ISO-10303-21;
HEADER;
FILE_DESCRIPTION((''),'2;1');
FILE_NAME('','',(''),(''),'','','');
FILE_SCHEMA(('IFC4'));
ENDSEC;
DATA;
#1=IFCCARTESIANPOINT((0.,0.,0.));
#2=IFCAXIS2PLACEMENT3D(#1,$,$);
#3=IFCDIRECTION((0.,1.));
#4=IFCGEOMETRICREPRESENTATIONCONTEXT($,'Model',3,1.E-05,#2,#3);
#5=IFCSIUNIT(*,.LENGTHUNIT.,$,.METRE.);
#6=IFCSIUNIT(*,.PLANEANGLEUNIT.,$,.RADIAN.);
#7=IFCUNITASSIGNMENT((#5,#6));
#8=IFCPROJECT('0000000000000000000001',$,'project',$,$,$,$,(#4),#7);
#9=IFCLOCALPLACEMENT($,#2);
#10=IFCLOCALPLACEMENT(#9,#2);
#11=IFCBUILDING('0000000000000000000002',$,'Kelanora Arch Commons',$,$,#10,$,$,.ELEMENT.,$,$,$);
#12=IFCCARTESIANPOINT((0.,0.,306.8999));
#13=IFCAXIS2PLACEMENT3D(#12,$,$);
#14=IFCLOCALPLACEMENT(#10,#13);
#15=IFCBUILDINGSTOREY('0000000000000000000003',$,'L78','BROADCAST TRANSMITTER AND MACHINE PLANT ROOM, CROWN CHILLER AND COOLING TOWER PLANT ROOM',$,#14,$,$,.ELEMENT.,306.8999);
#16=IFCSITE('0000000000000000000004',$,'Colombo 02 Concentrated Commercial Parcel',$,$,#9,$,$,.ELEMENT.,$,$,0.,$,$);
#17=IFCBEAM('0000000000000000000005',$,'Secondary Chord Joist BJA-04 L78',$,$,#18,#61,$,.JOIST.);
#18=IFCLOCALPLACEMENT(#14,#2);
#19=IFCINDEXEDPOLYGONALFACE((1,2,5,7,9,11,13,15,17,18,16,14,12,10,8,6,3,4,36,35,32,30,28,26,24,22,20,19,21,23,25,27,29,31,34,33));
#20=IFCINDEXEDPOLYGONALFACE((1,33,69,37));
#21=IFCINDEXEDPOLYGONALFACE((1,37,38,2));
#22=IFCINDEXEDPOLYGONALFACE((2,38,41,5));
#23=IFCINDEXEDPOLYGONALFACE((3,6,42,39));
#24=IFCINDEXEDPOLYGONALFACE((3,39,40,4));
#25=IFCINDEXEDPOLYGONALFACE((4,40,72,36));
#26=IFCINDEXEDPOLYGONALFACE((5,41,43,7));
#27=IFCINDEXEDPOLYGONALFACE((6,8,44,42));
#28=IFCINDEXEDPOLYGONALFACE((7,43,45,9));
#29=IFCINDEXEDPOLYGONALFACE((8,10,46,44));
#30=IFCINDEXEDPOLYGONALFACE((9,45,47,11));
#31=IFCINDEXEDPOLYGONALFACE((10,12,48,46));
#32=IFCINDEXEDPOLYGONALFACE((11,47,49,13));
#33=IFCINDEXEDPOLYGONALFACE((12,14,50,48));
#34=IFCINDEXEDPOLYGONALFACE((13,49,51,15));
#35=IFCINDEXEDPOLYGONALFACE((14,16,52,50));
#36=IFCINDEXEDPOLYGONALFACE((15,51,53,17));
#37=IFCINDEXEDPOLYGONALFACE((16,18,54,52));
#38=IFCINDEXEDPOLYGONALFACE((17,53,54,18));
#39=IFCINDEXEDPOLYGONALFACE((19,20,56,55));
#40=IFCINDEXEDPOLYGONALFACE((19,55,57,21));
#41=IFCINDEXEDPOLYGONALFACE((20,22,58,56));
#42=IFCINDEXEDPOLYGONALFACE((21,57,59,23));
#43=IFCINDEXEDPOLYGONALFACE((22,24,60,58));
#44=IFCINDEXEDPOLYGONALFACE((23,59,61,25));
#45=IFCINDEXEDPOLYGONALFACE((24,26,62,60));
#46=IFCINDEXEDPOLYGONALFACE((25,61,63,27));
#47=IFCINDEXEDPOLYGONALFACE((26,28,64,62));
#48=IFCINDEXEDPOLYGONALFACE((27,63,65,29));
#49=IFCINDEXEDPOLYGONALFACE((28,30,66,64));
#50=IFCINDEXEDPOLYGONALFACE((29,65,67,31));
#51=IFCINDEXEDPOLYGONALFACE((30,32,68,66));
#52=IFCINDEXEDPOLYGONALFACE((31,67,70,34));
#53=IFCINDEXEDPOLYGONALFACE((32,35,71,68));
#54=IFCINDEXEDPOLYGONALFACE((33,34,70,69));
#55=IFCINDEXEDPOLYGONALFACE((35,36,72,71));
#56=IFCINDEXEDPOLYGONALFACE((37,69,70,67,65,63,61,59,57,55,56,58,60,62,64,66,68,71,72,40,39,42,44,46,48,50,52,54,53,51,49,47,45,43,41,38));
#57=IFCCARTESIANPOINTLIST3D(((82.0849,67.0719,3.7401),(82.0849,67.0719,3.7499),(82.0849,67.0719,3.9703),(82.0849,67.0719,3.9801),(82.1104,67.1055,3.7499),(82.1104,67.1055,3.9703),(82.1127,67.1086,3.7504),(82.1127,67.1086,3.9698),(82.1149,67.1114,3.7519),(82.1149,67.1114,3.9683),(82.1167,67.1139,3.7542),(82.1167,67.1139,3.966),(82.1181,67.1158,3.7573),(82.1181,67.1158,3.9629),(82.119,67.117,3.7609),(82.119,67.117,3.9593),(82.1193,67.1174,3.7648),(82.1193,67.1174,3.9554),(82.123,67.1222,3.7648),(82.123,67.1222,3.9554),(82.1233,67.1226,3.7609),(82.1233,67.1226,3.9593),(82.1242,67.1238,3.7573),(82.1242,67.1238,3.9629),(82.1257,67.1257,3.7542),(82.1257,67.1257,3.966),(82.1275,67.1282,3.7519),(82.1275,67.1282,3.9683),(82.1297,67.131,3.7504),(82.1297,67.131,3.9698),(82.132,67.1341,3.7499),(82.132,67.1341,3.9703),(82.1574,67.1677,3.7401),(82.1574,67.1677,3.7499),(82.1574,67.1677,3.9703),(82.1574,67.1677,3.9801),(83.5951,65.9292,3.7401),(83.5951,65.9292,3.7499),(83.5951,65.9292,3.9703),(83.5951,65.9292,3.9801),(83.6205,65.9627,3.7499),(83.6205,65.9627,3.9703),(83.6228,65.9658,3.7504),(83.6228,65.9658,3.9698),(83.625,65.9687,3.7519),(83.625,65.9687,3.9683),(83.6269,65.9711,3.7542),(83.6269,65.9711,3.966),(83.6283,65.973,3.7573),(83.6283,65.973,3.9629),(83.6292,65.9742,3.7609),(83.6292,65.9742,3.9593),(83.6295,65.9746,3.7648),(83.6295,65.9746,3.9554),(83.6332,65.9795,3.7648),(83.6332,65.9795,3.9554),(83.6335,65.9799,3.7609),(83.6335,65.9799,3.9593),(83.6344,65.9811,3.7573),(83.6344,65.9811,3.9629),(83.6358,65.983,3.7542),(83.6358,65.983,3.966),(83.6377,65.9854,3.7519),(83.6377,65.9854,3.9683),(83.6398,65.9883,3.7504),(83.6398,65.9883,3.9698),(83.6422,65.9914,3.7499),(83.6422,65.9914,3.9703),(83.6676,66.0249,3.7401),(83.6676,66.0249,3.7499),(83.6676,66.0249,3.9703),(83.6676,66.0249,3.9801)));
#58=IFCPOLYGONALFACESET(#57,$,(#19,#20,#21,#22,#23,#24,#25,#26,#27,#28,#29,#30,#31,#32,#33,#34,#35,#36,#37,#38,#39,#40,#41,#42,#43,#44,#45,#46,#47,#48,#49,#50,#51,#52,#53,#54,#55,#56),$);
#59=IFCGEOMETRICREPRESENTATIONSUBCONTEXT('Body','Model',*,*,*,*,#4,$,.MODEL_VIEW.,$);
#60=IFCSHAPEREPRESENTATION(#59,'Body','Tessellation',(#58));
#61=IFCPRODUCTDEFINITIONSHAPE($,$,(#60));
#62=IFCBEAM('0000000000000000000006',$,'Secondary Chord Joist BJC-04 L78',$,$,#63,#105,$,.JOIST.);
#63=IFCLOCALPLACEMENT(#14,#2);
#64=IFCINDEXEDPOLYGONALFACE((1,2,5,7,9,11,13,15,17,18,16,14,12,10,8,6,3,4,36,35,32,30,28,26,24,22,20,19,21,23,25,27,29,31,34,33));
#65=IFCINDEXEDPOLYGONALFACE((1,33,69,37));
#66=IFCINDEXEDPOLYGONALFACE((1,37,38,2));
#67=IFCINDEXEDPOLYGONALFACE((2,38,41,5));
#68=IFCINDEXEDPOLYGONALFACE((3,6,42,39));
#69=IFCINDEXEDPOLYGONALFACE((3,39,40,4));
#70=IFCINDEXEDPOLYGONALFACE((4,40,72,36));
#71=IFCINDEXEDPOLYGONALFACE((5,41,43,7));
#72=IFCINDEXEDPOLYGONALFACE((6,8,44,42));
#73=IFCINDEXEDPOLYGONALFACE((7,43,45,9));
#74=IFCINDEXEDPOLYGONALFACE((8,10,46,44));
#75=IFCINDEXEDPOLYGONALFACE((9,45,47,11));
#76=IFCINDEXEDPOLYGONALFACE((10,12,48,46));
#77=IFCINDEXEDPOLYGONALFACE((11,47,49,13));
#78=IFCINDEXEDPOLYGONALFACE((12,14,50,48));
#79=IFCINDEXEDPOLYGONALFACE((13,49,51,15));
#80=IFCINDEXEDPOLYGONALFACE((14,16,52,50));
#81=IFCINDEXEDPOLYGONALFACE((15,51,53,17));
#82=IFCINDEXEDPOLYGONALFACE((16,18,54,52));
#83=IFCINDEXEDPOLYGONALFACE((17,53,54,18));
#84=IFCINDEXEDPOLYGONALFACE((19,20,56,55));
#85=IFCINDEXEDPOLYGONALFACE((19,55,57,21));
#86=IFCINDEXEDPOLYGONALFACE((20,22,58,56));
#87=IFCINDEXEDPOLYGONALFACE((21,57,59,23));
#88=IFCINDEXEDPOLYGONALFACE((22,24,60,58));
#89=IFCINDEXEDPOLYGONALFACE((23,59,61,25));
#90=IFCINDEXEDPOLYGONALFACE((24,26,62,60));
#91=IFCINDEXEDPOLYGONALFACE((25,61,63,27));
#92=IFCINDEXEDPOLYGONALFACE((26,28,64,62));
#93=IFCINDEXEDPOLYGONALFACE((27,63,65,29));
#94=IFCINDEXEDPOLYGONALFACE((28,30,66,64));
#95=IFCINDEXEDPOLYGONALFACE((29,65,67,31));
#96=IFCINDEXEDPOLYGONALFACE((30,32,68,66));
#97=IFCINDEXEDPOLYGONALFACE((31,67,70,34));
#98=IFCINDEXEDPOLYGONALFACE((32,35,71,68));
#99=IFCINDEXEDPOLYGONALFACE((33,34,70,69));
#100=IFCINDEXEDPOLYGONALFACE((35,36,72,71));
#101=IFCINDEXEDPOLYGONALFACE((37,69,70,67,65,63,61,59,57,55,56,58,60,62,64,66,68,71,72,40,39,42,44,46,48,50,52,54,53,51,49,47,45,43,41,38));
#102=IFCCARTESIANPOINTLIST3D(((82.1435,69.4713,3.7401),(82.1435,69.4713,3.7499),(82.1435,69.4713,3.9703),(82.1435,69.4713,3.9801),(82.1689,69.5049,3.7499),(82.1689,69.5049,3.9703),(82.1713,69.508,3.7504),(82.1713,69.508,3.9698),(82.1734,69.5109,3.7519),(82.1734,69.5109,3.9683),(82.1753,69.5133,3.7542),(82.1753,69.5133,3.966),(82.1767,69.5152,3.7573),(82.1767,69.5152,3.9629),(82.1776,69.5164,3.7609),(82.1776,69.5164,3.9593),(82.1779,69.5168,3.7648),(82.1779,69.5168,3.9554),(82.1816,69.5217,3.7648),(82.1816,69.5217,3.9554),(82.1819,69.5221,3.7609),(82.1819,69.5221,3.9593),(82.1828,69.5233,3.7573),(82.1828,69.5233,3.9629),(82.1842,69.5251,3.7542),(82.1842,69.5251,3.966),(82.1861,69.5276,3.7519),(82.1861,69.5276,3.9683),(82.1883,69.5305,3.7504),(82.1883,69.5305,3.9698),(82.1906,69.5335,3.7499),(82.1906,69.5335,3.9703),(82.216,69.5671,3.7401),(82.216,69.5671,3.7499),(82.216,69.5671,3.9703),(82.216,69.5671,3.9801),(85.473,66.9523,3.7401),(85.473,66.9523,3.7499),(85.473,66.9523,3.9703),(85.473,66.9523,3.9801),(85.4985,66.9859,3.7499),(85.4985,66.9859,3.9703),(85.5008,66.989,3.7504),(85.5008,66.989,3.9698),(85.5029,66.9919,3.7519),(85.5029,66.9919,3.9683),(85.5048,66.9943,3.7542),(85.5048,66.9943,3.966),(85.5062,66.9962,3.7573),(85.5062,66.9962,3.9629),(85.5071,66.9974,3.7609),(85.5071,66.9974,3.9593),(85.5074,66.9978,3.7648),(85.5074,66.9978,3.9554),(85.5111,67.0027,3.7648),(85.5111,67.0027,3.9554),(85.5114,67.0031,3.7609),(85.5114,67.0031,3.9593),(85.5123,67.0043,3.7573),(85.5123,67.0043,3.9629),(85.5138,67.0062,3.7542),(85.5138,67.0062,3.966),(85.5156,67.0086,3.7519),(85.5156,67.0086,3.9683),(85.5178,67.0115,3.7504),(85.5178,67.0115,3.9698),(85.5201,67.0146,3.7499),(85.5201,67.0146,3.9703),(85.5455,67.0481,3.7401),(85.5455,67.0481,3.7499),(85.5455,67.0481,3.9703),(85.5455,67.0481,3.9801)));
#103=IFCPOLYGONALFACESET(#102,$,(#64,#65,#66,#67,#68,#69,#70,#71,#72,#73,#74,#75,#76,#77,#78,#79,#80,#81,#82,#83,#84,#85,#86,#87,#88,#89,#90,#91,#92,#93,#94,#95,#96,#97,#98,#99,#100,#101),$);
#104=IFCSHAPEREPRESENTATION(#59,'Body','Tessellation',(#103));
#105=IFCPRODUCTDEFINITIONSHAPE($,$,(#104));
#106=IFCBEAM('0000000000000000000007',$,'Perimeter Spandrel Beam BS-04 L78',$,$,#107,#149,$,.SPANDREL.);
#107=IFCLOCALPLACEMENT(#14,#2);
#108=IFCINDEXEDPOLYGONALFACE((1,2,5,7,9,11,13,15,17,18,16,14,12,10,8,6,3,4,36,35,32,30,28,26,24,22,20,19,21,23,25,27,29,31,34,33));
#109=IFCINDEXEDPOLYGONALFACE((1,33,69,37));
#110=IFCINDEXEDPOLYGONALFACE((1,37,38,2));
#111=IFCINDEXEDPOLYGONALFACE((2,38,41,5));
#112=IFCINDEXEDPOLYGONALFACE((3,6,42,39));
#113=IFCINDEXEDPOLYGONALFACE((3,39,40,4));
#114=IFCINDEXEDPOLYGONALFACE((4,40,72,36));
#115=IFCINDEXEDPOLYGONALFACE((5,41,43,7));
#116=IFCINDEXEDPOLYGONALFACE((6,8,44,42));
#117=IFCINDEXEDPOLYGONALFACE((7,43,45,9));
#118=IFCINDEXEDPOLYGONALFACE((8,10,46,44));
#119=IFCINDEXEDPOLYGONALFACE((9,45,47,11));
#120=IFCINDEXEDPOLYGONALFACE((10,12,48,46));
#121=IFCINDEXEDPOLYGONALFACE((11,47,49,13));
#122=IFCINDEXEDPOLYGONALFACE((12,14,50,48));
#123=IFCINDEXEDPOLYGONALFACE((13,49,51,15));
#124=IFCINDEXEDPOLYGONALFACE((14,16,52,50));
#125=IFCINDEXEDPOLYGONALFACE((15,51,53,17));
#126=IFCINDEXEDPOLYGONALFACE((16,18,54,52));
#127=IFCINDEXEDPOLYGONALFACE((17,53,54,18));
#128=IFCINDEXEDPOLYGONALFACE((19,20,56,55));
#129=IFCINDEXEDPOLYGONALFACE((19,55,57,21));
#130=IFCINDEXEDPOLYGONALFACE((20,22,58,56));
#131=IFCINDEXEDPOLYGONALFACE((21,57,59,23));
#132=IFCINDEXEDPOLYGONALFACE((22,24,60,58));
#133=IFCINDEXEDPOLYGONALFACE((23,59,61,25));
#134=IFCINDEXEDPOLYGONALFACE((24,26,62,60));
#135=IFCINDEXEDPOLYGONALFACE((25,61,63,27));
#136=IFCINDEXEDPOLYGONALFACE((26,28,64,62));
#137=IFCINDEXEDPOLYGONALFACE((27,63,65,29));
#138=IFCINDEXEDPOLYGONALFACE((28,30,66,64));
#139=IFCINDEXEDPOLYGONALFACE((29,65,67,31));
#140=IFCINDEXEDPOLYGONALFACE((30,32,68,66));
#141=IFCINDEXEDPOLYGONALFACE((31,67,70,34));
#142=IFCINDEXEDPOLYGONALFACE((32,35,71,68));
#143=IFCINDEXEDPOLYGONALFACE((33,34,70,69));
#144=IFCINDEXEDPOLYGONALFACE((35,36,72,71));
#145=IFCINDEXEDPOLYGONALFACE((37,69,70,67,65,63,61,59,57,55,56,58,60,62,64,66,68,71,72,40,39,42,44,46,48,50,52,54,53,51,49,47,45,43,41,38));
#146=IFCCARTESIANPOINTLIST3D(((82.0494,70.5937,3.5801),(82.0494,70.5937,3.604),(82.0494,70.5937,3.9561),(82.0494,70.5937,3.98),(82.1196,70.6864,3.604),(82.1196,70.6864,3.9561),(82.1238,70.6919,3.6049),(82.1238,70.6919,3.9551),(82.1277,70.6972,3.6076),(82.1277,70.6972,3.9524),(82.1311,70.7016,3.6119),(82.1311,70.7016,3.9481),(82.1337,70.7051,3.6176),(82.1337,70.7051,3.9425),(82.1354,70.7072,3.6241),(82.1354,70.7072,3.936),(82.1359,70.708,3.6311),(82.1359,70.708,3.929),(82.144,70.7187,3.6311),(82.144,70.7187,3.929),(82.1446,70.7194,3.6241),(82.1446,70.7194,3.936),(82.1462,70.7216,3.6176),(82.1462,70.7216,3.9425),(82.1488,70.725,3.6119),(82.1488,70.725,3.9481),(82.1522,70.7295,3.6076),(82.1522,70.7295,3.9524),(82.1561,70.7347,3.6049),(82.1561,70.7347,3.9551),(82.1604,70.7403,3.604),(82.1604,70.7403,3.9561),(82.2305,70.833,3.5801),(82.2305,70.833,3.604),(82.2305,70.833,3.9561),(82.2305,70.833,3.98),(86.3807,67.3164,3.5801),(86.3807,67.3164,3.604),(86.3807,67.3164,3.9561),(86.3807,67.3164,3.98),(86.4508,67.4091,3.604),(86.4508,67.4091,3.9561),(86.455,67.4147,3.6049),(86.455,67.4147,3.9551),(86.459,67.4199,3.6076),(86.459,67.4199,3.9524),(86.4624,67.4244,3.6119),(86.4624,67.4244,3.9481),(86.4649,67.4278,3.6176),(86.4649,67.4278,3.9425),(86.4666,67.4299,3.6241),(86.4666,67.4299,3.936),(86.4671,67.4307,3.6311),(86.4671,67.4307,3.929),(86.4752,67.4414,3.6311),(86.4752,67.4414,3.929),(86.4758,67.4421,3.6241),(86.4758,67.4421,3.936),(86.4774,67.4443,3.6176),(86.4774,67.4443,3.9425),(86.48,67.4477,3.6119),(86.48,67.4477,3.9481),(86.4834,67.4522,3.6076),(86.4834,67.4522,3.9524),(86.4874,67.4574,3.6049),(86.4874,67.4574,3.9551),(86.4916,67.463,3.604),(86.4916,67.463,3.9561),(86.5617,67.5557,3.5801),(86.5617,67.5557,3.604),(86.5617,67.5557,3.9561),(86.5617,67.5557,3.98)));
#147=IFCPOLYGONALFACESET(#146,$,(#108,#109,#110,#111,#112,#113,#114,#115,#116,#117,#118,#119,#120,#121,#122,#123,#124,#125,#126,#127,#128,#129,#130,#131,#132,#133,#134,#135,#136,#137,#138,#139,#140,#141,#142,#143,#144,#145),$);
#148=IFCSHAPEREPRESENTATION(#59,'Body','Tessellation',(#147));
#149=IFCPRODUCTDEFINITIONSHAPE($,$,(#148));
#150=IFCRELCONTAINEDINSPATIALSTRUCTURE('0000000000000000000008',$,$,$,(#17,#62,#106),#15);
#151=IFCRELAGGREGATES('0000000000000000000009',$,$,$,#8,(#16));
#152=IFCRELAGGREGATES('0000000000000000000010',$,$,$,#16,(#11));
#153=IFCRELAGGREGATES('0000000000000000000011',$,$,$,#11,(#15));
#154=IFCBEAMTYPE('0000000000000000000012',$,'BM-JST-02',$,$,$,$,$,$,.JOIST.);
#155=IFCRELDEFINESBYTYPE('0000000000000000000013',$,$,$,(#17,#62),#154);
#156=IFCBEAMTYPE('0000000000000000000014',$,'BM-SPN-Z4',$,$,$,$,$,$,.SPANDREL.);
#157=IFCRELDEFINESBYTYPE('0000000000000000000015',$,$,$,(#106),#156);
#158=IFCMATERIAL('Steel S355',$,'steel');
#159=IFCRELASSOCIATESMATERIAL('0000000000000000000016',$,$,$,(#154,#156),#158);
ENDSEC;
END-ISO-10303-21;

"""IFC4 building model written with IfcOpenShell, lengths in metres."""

from ifc_helpers import new_model, si_unit, direction, frame, origin, origin_2d, place, context, subcontext, project, spatial, i_section, extrude, material, material_profile, profile_set, type_object, element, save


model = new_model("IFC4")

# Units and contexts
model_context = context("Model", 3, precision=1e-05, world=origin(), true_north=direction((0.0, 1.0)))
body_context = subcontext(model_context, "Body", "Model", "MODEL_VIEW")
ifc_project = project(units=[si_unit("LENGTHUNIT", "METRE"), si_unit("PLANEANGLEUNIT", "RADIAN")], contexts=[model_context])

# Site, building, storey
site_placement = place(None, origin())
site = spatial("IfcSite", under=ifc_project, at=site_placement, Name="Colombo 02 Concentrated Commercial Parcel", CompositionType="ELEMENT", RefElevation=0.0)
building_placement = place(site_placement, origin())
building = spatial("IfcBuilding", under=site, at=building_placement, Name="Kelanora Arch Commons", CompositionType="ELEMENT")
storey_placement = place(building_placement, frame((0.0, 0.0, 306.8999)))
storey = spatial("IfcBuildingStorey", under=building, at=storey_placement, Name="L78", Description="BROADCAST TRANSMITTER AND MACHINE PLANT ROOM, CROWN CHILLER AND COOLING TOWER PLANT ROOM", CompositionType="ELEMENT", Elevation=306.8999)

# Beams
ifc_material_1 = material(Name="Steel S355", Category="steel")
ifc_material_profile_1 = material_profile(ifc_material_1, i_section(OverallWidth=0.1201, OverallDepth=0.24, WebThickness=0.0061, FlangeThickness=0.0098, FilletRadius=0.0149, at=origin_2d()), Name="IPE240")
ifc_profile_set_1 = profile_set([ifc_material_profile_1], Name="Steel S355")
beam_type_1 = type_object("IfcBeamType", Name="BM-JST-02", PredefinedType="JOIST", material=ifc_profile_set_1)
beam_1_placement = place(storey_placement, frame((83.6313, 65.9771, 3.8601), z_axis=(-0.797425, 0.603418, 0.0), x_axis=(-0.603418, -0.797425, 0.0)))
element("IfcBeam", 1, at=beam_1_placement, inside=storey, type_object=beam_type_1, Name="Secondary Chord Joist BJA-04 L78", PredefinedType="JOIST", context=body_context, shape_type="SweptSolid", body=[
    extrude(i_section(OverallWidth=0.1201, OverallDepth=0.24, WebThickness=0.0061, FlangeThickness=0.0098, FilletRadius=0.0149, at=origin_2d()), origin(), (0.0, 0.0, 1.0), 1.8938),
])
beam_2_placement = place(storey_placement, frame((85.5093, 67.0002, 3.8601), z_axis=(-0.797481, 0.603344, 0.0), x_axis=(-0.603344, -0.797481, 0.0)))
element("IfcBeam", 2, at=beam_2_placement, inside=storey, type_object=beam_type_1, Name="Secondary Chord Joist BJC-04 L78", PredefinedType="JOIST", context=body_context, shape_type="SweptSolid", body=[
    extrude(i_section(OverallWidth=0.1201, OverallDepth=0.24, WebThickness=0.0061, FlangeThickness=0.0098, FilletRadius=0.0149, at=origin_2d()), origin(), (0.0, 0.0, 1.0), 4.175),
])
ifc_material_profile_2 = material_profile(ifc_material_1, i_section(OverallWidth=0.3, OverallDepth=0.3999, WebThickness=0.0134, FlangeThickness=0.0239, FilletRadius=0.0271, at=origin_2d()), Name="HEB400")
ifc_profile_set_2 = profile_set([ifc_material_profile_2], Name="Steel S355")
beam_type_2 = type_object("IfcBeamType", Name="BM-SPN-Z4", PredefinedType="SPANDREL", material=ifc_profile_set_2)
beam_3_placement = place(storey_placement, frame((86.4712, 67.436, 3.78), z_axis=(-0.797441, 0.603396, 0.0), x_axis=(-0.603396, -0.797441, 0.0)))
element("IfcBeam", 3, at=beam_3_placement, inside=storey, type_object=beam_type_2, Name="Perimeter Spandrel Beam BS-04 L78", PredefinedType="SPANDREL", context=body_context, shape_type="SweptSolid", body=[
    extrude(i_section(OverallWidth=0.3, OverallDepth=0.3999, WebThickness=0.0134, FlangeThickness=0.0239, FilletRadius=0.0271, at=origin_2d()), origin(), (0.0, 0.0, 1.0), 5.4314),
])

save(model, "model.ifc")
